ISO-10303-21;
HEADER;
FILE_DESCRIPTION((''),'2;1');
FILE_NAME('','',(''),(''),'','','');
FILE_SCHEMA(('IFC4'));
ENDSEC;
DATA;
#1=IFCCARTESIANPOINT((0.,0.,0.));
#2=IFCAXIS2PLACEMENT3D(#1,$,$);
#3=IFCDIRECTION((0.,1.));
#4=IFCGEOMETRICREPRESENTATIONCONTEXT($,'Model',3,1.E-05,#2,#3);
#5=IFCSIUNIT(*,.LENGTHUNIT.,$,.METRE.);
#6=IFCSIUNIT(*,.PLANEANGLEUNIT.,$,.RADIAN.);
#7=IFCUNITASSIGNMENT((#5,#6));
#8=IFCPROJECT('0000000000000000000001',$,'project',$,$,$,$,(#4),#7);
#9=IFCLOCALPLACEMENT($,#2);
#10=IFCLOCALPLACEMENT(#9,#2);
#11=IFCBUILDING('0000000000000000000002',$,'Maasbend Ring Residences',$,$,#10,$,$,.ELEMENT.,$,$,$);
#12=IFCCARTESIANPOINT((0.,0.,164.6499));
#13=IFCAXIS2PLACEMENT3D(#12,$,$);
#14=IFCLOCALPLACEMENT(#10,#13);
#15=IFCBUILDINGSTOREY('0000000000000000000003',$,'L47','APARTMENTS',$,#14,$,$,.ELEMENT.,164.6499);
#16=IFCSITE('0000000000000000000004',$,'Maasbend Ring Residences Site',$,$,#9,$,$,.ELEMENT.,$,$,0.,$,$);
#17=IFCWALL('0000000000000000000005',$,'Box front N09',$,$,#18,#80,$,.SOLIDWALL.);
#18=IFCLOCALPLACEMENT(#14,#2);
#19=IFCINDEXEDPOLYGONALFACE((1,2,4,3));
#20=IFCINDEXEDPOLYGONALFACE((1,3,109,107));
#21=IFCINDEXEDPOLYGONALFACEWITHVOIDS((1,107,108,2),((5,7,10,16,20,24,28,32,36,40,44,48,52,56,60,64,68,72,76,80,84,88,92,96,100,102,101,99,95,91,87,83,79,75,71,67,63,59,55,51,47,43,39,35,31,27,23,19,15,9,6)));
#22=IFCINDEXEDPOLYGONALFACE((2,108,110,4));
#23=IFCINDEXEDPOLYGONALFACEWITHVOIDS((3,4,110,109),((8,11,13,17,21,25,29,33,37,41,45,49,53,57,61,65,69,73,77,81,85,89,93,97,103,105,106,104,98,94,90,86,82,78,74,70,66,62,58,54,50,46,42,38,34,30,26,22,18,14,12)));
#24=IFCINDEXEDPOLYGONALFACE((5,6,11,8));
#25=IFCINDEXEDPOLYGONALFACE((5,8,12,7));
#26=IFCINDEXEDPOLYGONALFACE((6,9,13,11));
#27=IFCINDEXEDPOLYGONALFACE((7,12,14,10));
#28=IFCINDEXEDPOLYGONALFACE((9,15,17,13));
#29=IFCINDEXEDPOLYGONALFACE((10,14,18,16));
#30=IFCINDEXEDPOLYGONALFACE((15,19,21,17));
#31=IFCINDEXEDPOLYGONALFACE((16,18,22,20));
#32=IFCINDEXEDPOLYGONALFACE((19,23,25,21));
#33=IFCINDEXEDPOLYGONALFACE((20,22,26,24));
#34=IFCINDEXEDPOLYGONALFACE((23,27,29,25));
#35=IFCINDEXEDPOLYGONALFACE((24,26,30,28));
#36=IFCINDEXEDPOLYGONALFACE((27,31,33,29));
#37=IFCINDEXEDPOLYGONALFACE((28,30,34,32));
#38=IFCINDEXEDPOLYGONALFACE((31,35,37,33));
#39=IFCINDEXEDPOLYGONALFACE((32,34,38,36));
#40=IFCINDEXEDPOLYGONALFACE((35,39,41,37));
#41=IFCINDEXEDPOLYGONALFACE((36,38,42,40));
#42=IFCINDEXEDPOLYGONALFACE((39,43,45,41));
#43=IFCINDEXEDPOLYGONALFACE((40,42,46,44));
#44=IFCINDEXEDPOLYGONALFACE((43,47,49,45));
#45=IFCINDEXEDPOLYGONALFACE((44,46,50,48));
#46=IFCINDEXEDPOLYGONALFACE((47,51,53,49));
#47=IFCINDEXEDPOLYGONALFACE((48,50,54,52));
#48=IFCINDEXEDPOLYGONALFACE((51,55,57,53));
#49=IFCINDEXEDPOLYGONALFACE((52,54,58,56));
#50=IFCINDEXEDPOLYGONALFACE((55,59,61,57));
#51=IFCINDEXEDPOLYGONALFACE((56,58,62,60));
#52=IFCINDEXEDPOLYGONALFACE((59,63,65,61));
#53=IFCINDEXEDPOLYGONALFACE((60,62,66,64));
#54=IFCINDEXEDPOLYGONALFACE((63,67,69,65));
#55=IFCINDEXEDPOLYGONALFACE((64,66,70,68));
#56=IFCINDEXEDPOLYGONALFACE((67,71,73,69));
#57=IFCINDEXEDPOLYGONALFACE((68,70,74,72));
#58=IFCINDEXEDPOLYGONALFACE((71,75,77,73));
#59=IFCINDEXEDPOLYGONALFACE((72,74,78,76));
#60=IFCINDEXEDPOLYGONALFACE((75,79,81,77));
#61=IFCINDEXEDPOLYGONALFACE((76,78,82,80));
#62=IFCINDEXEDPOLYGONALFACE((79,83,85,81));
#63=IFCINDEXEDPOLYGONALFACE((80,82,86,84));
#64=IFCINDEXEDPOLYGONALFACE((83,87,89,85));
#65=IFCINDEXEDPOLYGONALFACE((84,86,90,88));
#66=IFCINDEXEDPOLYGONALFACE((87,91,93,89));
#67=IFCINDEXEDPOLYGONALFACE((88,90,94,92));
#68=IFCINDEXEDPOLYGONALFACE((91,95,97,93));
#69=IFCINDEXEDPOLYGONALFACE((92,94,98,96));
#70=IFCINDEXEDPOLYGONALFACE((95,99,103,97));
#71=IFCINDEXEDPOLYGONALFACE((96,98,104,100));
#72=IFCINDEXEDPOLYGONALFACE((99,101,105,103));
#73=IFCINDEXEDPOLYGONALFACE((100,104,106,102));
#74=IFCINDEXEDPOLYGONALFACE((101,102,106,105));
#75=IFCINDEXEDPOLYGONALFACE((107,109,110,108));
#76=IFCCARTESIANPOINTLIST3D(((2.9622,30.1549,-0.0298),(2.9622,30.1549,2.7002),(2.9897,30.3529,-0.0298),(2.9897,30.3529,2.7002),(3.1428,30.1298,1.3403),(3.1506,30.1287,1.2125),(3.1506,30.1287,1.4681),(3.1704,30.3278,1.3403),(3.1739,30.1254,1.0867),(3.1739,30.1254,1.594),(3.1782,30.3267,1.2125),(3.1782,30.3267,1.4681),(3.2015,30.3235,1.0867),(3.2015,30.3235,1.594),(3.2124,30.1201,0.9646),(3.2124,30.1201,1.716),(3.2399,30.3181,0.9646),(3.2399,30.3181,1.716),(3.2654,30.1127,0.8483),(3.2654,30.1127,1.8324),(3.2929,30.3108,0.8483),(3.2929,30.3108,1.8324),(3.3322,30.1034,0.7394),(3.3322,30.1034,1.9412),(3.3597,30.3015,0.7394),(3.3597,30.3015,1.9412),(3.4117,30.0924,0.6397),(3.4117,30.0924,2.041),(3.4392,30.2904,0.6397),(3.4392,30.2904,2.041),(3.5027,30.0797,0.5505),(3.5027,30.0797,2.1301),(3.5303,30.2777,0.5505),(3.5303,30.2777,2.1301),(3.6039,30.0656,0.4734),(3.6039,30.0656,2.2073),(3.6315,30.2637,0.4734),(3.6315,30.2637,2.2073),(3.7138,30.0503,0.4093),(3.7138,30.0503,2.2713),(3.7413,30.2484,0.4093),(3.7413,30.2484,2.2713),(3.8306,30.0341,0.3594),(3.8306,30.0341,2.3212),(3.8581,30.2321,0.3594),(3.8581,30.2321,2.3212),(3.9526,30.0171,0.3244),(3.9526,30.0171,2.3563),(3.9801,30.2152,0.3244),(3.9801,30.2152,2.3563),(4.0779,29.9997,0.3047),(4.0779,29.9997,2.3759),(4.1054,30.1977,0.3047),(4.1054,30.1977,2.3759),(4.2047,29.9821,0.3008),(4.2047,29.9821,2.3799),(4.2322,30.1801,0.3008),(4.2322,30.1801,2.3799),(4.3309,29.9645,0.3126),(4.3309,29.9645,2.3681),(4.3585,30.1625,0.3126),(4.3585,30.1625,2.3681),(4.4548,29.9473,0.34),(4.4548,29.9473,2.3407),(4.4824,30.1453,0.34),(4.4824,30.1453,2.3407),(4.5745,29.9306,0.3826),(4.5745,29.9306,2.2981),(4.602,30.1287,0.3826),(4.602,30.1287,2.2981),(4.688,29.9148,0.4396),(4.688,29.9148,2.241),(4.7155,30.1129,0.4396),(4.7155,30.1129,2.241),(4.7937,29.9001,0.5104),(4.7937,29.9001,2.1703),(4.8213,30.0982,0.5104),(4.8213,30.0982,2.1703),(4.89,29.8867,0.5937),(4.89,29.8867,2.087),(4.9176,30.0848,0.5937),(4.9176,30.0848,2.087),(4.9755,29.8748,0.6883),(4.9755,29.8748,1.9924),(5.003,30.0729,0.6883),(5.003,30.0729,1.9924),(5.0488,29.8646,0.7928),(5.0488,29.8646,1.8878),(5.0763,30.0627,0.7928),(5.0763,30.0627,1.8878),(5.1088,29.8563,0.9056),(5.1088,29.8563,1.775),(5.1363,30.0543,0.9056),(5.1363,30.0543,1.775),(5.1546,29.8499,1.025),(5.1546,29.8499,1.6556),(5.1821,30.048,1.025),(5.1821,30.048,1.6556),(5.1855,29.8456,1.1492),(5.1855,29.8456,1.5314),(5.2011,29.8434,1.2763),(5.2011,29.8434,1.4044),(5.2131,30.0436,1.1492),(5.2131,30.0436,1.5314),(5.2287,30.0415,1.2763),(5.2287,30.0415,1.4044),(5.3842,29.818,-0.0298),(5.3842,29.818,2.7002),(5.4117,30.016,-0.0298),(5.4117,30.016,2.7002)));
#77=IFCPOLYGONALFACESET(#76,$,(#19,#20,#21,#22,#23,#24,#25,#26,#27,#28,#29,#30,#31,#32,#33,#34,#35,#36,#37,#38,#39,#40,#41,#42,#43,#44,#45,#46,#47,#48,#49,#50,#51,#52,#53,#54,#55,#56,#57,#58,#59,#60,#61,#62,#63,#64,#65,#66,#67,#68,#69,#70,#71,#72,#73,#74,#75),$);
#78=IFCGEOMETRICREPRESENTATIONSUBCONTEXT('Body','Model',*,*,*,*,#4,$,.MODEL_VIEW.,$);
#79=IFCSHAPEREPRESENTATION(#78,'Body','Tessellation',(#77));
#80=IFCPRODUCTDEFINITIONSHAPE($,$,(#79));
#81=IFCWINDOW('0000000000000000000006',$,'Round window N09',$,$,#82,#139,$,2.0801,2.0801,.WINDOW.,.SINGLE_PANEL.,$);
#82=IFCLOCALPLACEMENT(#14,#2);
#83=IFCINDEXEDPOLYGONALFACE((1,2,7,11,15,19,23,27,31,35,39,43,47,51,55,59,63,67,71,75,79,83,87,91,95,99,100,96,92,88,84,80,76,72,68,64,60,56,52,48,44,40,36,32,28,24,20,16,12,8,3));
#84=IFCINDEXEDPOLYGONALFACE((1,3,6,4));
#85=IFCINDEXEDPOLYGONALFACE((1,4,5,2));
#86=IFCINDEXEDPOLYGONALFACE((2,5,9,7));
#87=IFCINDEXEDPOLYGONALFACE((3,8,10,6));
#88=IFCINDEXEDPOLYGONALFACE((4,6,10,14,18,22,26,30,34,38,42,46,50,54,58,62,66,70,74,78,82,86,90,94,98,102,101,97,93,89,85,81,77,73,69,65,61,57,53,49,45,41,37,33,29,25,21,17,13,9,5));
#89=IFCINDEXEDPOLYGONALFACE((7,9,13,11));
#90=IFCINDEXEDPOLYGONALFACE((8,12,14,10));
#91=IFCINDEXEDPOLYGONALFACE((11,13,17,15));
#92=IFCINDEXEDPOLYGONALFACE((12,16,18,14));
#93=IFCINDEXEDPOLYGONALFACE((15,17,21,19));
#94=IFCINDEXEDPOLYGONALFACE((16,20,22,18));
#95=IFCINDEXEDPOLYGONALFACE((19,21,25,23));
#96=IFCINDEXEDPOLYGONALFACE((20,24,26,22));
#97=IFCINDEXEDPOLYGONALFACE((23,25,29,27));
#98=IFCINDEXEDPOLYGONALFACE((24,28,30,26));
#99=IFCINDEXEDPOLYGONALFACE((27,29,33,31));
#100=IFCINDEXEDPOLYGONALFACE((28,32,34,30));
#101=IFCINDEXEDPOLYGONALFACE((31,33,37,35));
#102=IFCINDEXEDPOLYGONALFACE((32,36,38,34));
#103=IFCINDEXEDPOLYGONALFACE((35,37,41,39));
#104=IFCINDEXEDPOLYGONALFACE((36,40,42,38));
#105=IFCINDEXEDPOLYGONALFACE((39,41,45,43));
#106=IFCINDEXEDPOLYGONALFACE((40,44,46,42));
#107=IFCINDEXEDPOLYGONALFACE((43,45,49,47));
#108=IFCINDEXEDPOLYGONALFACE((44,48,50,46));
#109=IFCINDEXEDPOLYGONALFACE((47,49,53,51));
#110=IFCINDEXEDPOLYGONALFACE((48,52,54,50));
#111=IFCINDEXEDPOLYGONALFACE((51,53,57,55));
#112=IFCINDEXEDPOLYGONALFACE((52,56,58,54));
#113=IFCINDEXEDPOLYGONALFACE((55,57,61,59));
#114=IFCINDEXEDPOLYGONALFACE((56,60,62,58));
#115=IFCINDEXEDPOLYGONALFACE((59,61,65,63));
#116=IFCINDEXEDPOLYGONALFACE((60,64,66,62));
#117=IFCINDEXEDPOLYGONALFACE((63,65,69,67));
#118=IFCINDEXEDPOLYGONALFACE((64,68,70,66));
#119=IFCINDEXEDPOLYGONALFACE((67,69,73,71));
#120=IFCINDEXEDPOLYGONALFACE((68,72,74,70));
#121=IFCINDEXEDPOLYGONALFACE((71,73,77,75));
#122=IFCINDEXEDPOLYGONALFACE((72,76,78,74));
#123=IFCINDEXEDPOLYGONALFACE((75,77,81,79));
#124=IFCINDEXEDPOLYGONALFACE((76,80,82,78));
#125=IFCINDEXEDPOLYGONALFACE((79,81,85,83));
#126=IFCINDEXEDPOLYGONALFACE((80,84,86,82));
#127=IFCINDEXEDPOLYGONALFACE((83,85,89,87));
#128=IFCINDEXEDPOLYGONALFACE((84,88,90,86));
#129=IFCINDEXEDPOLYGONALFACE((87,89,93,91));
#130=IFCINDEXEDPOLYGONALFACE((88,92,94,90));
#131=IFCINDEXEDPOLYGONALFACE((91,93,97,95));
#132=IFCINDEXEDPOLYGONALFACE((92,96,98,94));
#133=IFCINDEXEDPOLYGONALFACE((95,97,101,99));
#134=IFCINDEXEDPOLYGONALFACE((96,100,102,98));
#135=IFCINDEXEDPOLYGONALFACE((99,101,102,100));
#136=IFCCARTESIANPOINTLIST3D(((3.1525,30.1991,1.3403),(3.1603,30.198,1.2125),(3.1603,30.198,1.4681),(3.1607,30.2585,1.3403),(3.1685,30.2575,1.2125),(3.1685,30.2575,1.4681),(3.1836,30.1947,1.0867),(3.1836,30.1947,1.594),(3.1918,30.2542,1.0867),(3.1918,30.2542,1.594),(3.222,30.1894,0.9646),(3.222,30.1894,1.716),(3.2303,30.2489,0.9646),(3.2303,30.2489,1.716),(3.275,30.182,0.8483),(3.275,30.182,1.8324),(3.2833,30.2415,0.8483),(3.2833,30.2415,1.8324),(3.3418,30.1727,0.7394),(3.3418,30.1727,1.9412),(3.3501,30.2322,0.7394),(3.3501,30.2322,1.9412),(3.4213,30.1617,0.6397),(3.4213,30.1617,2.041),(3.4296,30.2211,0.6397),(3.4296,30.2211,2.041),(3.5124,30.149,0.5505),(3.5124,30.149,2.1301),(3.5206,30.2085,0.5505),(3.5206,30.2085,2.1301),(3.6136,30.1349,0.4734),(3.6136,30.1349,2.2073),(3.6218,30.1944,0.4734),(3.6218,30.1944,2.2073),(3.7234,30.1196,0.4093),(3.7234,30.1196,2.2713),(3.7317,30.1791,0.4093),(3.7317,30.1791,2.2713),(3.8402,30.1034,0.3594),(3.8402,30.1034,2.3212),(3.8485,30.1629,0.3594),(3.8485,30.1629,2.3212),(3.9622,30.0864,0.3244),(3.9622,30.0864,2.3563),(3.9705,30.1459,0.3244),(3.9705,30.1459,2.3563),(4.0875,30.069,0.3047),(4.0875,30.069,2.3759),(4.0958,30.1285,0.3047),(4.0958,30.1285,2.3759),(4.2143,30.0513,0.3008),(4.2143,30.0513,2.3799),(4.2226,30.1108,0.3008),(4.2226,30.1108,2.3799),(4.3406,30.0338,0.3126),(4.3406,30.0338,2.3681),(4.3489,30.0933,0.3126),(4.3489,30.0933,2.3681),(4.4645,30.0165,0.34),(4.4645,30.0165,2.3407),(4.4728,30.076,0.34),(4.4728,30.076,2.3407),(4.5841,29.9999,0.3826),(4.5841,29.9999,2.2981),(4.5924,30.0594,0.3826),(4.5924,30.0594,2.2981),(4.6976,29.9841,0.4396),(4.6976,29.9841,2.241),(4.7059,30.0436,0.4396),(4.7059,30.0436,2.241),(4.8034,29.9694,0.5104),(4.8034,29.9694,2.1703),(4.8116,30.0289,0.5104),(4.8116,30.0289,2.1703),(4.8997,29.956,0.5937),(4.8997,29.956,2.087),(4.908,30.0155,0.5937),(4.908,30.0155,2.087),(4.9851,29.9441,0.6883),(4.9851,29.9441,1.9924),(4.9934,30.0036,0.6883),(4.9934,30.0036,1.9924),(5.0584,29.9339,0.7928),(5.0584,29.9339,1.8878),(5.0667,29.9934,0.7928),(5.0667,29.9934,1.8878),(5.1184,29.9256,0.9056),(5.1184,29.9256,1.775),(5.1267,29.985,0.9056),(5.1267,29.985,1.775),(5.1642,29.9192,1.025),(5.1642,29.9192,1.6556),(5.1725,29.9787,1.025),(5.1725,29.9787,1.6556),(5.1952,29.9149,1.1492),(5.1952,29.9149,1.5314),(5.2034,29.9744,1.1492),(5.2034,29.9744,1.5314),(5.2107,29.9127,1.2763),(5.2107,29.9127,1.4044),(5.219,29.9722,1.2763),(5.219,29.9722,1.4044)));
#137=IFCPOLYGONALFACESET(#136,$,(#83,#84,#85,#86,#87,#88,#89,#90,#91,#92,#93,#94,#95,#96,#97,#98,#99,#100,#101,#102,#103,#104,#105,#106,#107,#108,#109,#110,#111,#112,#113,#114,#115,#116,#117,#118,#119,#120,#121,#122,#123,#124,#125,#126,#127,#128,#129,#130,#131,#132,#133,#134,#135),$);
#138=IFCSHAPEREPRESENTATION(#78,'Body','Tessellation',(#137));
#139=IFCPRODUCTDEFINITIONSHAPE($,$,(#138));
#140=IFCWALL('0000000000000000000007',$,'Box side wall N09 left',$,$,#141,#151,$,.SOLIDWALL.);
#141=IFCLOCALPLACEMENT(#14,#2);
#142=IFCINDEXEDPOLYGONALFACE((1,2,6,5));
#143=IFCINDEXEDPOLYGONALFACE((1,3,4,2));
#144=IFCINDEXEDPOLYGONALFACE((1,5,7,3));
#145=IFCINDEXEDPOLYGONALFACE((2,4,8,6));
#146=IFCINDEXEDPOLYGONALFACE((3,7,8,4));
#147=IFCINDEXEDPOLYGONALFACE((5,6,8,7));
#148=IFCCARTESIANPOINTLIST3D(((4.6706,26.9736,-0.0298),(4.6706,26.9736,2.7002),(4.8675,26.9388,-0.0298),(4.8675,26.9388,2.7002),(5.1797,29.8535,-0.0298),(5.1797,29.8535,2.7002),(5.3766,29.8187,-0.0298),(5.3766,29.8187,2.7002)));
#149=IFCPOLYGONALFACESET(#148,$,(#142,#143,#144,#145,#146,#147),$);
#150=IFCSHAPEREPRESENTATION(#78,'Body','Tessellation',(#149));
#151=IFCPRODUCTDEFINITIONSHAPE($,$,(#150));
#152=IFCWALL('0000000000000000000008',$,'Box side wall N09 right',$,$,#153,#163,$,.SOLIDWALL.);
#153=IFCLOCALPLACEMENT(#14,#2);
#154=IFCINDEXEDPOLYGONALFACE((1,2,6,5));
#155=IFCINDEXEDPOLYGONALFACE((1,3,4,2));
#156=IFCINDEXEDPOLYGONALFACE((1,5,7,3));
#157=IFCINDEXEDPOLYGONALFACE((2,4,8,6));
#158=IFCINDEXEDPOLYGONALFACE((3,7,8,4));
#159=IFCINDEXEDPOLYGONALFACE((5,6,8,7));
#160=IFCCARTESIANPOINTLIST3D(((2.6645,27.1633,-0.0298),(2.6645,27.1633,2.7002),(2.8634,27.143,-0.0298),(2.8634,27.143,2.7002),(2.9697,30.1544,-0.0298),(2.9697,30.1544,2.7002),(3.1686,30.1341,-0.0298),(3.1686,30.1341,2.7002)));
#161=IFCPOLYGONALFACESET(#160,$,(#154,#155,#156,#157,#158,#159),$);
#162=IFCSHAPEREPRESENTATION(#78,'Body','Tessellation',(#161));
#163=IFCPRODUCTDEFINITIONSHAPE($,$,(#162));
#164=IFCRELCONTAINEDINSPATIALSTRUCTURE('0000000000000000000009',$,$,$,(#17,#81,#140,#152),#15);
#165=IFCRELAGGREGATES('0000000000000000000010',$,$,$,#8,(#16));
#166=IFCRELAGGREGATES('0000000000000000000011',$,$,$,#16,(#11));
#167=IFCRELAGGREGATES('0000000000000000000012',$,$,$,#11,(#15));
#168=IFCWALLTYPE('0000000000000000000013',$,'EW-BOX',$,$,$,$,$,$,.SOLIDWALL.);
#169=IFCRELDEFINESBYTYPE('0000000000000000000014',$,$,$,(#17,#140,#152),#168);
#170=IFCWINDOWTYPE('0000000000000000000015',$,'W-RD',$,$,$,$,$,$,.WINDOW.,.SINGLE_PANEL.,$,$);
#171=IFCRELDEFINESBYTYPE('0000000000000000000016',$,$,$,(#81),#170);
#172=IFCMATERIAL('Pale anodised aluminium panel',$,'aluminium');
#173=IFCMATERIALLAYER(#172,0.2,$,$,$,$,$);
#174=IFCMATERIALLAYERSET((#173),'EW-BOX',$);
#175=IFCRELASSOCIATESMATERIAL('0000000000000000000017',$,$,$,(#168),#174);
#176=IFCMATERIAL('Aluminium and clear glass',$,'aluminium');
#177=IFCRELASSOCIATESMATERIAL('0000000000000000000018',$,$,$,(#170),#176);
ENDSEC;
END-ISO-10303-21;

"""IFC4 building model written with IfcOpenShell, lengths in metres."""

from ifc_helpers import new_model, si_unit, direction, frame, frame_2d, origin, place, context, subcontext, project, spatial, rectangle, circle, extrude, material, layer, layer_set, type_object, element, fill, save


model = new_model("IFC4")

# Units and contexts
model_context = context("Model", 3, precision=1e-05, world=origin(), true_north=direction((0.0, 1.0)))
body_context = subcontext(model_context, "Body", "Model", "MODEL_VIEW")
ifc_project = project(units=[si_unit("LENGTHUNIT", "METRE"), si_unit("PLANEANGLEUNIT", "RADIAN")], contexts=[model_context])

# Site, building, storey
site_placement = place(None, origin())
site = spatial("IfcSite", under=ifc_project, at=site_placement, Name="Maasbend Ring Residences Site", CompositionType="ELEMENT", RefElevation=0.0)
building_placement = place(site_placement, origin())
building = spatial("IfcBuilding", under=site, at=building_placement, Name="Maasbend Ring Residences", CompositionType="ELEMENT")
storey_placement = place(building_placement, frame((0.0, 0.0, 164.6499)))
storey = spatial("IfcBuildingStorey", under=building, at=storey_placement, Name="L47", Description="APARTMENTS", CompositionType="ELEMENT", Elevation=164.6499)

# Shared definitions
ifc_material_1 = material(Name="Pale anodised aluminium panel", Category="aluminium")
ifc_layer_1 = layer(ifc_material_1, 0.2)
ifc_layer_set_1 = layer_set([ifc_layer_1], Name="EW-BOX")
wall_type_1 = type_object("IfcWallType", Name="EW-BOX", PredefinedType="SOLIDWALL", material=ifc_layer_set_1)

# Wall, opening, window
wall_1_placement = place(storey_placement, frame((5.3979, 29.917, -0.0298), z_axis=(0.0, 0.0, 1.0), x_axis=(-0.990462, 0.137786, 0.0)))
wall_1 = element("IfcWall", 1, at=wall_1_placement, inside=storey, type_object=wall_type_1, Name="Box front N09", PredefinedType="SOLIDWALL", context=body_context, shape_type="SweptSolid", body=[
    extrude(rectangle(XDim=2.4453, YDim=0.2, at=frame_2d((1.2227, 0.0))), origin(), (0.0, 0.0, 1.0), 2.73),
])
opening_1_placement = place(wall_1_placement, frame((0.1829, 0.0, 0.3301)))
opening_1 = element("IfcOpeningElement", 2, at=opening_1_placement, cuts=wall_1, PredefinedType="OPENING", context=body_context, shape_type="SweptSolid", body=[
    extrude(circle(Radius=1.04, at=frame_2d((1.04, 1.04))), frame((0.0, 0.1099, 0.0), z_axis=(0.0, -1.0, 0.0), x_axis=(1.0, 0.0, 0.0)), (0.0, 0.0, 1.0), 0.22),
])
ifc_material_2 = material(Name="Aluminium and clear glass", Category="aluminium")
window_type_1 = type_object("IfcWindowType", Name="W-RD", PartitioningType="SINGLE_PANEL", PredefinedType="WINDOW", material=ifc_material_2)
window_1_placement = place(opening_1_placement, origin())
window_1 = element("IfcWindow", 3, at=window_1_placement, inside=storey, type_object=window_type_1, Name="Round window N09", OverallHeight=2.0801, OverallWidth=2.0801, PartitioningType="SINGLE_PANEL", PredefinedType="WINDOW", context=body_context, shape_type="SweptSolid", body=[
    extrude(circle(Radius=1.04, at=frame_2d((1.04, 1.04))), frame((0.0, 0.03, 0.0), z_axis=(0.0, -1.0, 0.0), x_axis=(1.0, 0.0, 0.0)), (0.0, 0.0, 1.0), 0.0601),
])
fill(opening_1, window_1)

# Walls
wall_2_placement = place(storey_placement, frame((4.769, 26.9561, -0.0298), z_axis=(0.0, 0.0, 1.0), x_axis=(0.174057, 0.984736, 0.0)))
element("IfcWall", 4, at=wall_2_placement, inside=storey, type_object=wall_type_1, Name="Box side wall N09 left", PredefinedType="SOLIDWALL", context=body_context, shape_type="SweptSolid", body=[
    extrude(rectangle(XDim=2.9246, YDim=0.2, at=frame_2d((1.4624, 0.0))), origin(), (0.0, 0.0, 1.0), 2.73),
])
wall_3_placement = place(storey_placement, frame((2.7639, 27.1531, -0.0298), z_axis=(0.0, 0.0, 1.0), x_axis=(0.101505, 0.994835, 0.0)))
element("IfcWall", 5, at=wall_3_placement, inside=storey, type_object=wall_type_1, Name="Box side wall N09 right", PredefinedType="SOLIDWALL", context=body_context, shape_type="SweptSolid", body=[
    extrude(rectangle(XDim=3.0066, YDim=0.2, at=frame_2d((1.5034, 0.0))), origin(), (0.0, 0.0, 1.0), 2.73),
])

save(model, "model.ifc")
